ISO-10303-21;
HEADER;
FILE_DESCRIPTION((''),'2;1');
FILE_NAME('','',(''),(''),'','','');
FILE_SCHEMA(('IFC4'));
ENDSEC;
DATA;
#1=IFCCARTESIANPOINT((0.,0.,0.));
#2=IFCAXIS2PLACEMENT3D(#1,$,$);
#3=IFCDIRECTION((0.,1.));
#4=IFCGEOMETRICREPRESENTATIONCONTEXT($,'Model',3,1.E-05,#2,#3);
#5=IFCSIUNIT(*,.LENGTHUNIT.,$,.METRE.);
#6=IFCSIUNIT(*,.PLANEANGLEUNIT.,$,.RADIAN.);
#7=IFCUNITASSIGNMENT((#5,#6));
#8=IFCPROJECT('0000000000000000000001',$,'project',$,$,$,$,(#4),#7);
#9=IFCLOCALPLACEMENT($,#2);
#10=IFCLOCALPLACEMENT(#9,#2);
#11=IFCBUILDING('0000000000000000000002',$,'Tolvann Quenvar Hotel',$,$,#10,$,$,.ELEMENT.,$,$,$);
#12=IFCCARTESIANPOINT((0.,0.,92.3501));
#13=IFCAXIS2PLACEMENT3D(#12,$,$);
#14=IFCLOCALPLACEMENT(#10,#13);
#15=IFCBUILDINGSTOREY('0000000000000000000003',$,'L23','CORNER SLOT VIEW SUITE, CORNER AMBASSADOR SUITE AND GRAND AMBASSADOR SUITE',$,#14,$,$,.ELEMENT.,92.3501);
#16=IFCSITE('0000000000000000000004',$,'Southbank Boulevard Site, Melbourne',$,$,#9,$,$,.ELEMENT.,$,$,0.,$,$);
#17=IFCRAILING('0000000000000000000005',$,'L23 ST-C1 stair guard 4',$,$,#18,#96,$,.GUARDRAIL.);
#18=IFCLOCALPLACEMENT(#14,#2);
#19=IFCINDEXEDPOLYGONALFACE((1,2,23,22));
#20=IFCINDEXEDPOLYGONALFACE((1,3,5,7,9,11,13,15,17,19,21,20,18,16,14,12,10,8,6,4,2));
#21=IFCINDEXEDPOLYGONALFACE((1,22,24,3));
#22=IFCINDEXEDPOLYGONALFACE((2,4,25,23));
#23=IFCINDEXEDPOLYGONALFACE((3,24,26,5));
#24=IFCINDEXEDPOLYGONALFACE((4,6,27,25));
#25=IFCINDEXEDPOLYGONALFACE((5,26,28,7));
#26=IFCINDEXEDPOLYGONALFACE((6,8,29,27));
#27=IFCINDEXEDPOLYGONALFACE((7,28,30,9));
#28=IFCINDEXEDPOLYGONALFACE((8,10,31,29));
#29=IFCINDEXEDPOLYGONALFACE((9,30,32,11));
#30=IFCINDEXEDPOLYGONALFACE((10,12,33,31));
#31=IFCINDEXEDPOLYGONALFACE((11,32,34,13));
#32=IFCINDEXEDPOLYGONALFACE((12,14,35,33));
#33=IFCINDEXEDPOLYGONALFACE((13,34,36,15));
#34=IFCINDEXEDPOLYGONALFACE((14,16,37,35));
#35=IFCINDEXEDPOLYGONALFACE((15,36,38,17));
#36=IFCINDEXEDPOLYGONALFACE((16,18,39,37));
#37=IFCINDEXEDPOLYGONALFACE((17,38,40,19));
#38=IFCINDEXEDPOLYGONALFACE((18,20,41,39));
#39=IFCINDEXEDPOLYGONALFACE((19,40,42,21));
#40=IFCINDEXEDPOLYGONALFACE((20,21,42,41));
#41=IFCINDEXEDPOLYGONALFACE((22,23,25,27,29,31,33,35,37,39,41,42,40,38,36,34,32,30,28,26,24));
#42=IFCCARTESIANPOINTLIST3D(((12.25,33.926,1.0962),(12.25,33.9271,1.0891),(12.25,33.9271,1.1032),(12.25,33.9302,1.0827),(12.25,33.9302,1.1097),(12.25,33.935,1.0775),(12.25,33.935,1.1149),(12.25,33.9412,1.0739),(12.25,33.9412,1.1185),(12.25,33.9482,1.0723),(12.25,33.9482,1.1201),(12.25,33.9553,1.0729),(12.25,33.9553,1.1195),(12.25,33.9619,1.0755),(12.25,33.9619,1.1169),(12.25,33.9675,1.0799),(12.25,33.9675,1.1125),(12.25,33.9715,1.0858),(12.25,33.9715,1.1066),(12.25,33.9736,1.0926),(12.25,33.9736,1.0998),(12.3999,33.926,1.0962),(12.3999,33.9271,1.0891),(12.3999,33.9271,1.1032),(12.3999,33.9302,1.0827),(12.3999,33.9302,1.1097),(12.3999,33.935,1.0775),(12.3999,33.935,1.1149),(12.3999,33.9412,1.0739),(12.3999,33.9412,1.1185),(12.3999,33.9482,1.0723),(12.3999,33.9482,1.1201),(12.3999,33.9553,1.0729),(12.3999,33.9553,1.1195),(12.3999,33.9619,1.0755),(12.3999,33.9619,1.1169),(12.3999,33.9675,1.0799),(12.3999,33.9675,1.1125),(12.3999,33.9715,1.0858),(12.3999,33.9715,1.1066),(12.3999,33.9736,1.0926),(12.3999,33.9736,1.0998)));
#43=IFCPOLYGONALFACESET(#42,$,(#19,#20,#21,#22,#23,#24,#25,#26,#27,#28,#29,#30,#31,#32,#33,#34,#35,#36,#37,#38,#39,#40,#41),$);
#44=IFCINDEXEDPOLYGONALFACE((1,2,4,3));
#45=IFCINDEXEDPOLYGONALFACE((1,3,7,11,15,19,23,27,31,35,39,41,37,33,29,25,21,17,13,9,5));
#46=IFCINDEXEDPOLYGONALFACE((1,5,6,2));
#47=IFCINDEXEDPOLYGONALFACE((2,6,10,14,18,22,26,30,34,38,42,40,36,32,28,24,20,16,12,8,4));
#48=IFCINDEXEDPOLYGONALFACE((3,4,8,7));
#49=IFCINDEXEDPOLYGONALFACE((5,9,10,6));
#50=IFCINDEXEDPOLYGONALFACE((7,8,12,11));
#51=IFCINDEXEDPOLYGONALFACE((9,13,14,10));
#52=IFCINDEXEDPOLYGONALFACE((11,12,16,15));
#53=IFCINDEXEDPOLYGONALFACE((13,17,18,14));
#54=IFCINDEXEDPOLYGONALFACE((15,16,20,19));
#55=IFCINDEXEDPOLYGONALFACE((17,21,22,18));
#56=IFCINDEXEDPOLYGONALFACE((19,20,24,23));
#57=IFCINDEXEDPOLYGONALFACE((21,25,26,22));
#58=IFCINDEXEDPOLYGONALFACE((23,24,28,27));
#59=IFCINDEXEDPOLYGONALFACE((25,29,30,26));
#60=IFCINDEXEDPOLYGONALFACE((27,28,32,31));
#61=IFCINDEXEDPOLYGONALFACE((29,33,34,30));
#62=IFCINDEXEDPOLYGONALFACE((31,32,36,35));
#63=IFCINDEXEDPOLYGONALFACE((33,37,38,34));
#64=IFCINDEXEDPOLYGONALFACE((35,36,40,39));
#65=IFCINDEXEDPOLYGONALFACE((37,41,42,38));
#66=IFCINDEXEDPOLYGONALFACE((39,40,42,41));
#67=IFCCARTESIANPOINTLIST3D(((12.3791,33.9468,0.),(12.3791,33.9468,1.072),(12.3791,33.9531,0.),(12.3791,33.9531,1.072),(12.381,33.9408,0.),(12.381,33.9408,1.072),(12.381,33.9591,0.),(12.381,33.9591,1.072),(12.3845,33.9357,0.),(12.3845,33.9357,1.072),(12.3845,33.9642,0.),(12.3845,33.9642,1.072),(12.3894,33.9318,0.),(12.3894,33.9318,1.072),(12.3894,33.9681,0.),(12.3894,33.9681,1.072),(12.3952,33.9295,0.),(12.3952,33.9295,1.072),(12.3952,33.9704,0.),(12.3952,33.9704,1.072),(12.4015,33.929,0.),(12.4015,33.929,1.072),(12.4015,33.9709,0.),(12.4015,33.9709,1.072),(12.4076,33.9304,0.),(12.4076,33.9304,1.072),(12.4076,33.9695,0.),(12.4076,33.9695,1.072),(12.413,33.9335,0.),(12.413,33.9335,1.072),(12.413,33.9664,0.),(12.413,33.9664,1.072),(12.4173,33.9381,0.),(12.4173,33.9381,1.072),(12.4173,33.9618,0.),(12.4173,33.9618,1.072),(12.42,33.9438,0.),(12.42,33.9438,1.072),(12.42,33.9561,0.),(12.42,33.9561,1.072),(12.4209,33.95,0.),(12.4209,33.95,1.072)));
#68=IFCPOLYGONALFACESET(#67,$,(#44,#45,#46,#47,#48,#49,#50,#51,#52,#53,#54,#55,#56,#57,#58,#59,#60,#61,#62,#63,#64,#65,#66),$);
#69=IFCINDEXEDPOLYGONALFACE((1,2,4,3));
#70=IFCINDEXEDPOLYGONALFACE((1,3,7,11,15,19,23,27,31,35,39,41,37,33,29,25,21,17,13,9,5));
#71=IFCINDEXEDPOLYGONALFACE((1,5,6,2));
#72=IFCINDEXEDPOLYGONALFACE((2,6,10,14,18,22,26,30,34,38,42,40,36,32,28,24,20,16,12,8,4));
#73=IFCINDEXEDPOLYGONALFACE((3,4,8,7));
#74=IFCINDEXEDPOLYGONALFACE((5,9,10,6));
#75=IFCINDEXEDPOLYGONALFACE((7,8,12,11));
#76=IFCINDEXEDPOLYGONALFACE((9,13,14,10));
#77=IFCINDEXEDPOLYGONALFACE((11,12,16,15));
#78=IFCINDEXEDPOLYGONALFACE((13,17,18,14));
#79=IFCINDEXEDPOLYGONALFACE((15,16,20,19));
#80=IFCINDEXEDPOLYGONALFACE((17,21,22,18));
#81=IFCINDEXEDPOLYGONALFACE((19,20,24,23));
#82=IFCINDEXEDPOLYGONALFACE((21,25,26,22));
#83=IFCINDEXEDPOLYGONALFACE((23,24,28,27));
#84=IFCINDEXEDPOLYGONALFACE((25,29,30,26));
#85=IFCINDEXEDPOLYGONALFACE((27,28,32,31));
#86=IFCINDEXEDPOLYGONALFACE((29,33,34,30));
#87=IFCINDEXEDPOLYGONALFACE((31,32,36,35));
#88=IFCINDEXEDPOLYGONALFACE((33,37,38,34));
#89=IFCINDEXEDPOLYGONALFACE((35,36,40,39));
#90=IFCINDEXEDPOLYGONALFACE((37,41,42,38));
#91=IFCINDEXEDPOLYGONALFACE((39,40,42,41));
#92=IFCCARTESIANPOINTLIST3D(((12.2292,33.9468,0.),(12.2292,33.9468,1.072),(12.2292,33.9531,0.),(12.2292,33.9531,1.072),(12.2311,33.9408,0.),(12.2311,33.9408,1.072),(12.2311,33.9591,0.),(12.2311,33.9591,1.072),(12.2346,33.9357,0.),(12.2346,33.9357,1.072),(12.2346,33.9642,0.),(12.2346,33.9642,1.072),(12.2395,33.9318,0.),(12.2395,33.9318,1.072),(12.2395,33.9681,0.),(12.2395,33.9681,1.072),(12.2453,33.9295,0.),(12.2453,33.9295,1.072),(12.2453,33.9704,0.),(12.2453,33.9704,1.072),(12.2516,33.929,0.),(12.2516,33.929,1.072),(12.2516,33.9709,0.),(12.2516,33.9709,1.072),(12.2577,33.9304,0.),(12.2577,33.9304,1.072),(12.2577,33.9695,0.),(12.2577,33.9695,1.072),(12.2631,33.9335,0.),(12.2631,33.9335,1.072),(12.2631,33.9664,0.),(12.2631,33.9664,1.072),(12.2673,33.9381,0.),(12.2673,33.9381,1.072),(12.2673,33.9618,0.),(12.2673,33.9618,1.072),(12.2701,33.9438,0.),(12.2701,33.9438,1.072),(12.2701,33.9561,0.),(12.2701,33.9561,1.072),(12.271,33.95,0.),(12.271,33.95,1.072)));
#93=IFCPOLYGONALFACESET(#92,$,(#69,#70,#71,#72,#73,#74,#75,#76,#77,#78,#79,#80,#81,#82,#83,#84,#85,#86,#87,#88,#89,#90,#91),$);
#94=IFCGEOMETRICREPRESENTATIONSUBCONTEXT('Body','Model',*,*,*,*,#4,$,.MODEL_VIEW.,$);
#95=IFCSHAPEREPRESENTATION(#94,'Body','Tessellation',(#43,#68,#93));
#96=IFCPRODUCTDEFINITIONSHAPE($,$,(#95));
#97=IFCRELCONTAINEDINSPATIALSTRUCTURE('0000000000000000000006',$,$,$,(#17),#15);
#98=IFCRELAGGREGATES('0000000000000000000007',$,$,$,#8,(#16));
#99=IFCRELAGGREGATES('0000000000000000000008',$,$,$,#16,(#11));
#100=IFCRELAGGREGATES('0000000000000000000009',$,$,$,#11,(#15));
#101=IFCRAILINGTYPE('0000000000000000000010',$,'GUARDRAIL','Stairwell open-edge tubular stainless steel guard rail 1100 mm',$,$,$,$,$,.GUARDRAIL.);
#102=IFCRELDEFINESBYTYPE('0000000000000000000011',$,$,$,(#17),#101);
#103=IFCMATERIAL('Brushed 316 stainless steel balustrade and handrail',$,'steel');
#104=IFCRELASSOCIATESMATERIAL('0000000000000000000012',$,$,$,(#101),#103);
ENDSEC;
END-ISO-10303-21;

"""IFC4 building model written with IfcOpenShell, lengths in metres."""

from ifc_helpers import new_model, si_unit, direction, frame, origin, origin_2d, place, context, subcontext, project, spatial, circle, extrude, material, type_object, element, save


model = new_model("IFC4")

# Units and contexts
model_context = context("Model", 3, precision=1e-05, world=origin(), true_north=direction((0.0, 1.0)))
body_context = subcontext(model_context, "Body", "Model", "MODEL_VIEW")
ifc_project = project(units=[si_unit("LENGTHUNIT", "METRE"), si_unit("PLANEANGLEUNIT", "RADIAN")], contexts=[model_context])

# Site, building, storey
site_placement = place(None, origin())
site = spatial("IfcSite", under=ifc_project, at=site_placement, Name="Southbank Boulevard Site, Melbourne", CompositionType="ELEMENT", RefElevation=0.0)
building_placement = place(site_placement, origin())
building = spatial("IfcBuilding", under=site, at=building_placement, Name="Tolvann Quenvar Hotel", CompositionType="ELEMENT")
storey_placement = place(building_placement, frame((0.0, 0.0, 92.3501)))
storey = spatial("IfcBuildingStorey", under=building, at=storey_placement, Name="L23", Description="CORNER SLOT VIEW SUITE, CORNER AMBASSADOR SUITE AND GRAND AMBASSADOR SUITE", CompositionType="ELEMENT", Elevation=92.3501)

# Railing
ifc_material_1 = material(Name="Brushed 316 stainless steel balustrade and handrail", Category="steel")
railing_type_1 = type_object("IfcRailingType", Name="GUARDRAIL", Description="Stairwell open-edge tubular stainless steel guard rail 1100 mm", PredefinedType="GUARDRAIL", material=ifc_material_1)
railing_1_placement = place(storey_placement, frame((12.3999, 33.95, 0.0)))
element("IfcRailing", 1, at=railing_1_placement, inside=storey, type_object=railing_type_1, Name="L23 ST-C1 stair guard 4", PredefinedType="GUARDRAIL", context=body_context, shape_type="SweptSolid", body=[
    extrude(circle(Radius=0.0239, at=origin_2d()), frame((0.0, 0.0, 1.0962), z_axis=(-1.0, 0.0, 0.0), x_axis=(0.0, -1.0, 0.0)), (0.0, 0.0, 1.0), 0.1499),
    extrude(circle(Radius=0.021, at=origin_2d()), origin(), (0.0, 0.0, 1.0), 1.072),
    extrude(circle(Radius=0.021, at=origin_2d()), frame((-0.1499, 0.0, 0.0)), (0.0, 0.0, 1.0), 1.072),
])

save(model, "model.ifc")
